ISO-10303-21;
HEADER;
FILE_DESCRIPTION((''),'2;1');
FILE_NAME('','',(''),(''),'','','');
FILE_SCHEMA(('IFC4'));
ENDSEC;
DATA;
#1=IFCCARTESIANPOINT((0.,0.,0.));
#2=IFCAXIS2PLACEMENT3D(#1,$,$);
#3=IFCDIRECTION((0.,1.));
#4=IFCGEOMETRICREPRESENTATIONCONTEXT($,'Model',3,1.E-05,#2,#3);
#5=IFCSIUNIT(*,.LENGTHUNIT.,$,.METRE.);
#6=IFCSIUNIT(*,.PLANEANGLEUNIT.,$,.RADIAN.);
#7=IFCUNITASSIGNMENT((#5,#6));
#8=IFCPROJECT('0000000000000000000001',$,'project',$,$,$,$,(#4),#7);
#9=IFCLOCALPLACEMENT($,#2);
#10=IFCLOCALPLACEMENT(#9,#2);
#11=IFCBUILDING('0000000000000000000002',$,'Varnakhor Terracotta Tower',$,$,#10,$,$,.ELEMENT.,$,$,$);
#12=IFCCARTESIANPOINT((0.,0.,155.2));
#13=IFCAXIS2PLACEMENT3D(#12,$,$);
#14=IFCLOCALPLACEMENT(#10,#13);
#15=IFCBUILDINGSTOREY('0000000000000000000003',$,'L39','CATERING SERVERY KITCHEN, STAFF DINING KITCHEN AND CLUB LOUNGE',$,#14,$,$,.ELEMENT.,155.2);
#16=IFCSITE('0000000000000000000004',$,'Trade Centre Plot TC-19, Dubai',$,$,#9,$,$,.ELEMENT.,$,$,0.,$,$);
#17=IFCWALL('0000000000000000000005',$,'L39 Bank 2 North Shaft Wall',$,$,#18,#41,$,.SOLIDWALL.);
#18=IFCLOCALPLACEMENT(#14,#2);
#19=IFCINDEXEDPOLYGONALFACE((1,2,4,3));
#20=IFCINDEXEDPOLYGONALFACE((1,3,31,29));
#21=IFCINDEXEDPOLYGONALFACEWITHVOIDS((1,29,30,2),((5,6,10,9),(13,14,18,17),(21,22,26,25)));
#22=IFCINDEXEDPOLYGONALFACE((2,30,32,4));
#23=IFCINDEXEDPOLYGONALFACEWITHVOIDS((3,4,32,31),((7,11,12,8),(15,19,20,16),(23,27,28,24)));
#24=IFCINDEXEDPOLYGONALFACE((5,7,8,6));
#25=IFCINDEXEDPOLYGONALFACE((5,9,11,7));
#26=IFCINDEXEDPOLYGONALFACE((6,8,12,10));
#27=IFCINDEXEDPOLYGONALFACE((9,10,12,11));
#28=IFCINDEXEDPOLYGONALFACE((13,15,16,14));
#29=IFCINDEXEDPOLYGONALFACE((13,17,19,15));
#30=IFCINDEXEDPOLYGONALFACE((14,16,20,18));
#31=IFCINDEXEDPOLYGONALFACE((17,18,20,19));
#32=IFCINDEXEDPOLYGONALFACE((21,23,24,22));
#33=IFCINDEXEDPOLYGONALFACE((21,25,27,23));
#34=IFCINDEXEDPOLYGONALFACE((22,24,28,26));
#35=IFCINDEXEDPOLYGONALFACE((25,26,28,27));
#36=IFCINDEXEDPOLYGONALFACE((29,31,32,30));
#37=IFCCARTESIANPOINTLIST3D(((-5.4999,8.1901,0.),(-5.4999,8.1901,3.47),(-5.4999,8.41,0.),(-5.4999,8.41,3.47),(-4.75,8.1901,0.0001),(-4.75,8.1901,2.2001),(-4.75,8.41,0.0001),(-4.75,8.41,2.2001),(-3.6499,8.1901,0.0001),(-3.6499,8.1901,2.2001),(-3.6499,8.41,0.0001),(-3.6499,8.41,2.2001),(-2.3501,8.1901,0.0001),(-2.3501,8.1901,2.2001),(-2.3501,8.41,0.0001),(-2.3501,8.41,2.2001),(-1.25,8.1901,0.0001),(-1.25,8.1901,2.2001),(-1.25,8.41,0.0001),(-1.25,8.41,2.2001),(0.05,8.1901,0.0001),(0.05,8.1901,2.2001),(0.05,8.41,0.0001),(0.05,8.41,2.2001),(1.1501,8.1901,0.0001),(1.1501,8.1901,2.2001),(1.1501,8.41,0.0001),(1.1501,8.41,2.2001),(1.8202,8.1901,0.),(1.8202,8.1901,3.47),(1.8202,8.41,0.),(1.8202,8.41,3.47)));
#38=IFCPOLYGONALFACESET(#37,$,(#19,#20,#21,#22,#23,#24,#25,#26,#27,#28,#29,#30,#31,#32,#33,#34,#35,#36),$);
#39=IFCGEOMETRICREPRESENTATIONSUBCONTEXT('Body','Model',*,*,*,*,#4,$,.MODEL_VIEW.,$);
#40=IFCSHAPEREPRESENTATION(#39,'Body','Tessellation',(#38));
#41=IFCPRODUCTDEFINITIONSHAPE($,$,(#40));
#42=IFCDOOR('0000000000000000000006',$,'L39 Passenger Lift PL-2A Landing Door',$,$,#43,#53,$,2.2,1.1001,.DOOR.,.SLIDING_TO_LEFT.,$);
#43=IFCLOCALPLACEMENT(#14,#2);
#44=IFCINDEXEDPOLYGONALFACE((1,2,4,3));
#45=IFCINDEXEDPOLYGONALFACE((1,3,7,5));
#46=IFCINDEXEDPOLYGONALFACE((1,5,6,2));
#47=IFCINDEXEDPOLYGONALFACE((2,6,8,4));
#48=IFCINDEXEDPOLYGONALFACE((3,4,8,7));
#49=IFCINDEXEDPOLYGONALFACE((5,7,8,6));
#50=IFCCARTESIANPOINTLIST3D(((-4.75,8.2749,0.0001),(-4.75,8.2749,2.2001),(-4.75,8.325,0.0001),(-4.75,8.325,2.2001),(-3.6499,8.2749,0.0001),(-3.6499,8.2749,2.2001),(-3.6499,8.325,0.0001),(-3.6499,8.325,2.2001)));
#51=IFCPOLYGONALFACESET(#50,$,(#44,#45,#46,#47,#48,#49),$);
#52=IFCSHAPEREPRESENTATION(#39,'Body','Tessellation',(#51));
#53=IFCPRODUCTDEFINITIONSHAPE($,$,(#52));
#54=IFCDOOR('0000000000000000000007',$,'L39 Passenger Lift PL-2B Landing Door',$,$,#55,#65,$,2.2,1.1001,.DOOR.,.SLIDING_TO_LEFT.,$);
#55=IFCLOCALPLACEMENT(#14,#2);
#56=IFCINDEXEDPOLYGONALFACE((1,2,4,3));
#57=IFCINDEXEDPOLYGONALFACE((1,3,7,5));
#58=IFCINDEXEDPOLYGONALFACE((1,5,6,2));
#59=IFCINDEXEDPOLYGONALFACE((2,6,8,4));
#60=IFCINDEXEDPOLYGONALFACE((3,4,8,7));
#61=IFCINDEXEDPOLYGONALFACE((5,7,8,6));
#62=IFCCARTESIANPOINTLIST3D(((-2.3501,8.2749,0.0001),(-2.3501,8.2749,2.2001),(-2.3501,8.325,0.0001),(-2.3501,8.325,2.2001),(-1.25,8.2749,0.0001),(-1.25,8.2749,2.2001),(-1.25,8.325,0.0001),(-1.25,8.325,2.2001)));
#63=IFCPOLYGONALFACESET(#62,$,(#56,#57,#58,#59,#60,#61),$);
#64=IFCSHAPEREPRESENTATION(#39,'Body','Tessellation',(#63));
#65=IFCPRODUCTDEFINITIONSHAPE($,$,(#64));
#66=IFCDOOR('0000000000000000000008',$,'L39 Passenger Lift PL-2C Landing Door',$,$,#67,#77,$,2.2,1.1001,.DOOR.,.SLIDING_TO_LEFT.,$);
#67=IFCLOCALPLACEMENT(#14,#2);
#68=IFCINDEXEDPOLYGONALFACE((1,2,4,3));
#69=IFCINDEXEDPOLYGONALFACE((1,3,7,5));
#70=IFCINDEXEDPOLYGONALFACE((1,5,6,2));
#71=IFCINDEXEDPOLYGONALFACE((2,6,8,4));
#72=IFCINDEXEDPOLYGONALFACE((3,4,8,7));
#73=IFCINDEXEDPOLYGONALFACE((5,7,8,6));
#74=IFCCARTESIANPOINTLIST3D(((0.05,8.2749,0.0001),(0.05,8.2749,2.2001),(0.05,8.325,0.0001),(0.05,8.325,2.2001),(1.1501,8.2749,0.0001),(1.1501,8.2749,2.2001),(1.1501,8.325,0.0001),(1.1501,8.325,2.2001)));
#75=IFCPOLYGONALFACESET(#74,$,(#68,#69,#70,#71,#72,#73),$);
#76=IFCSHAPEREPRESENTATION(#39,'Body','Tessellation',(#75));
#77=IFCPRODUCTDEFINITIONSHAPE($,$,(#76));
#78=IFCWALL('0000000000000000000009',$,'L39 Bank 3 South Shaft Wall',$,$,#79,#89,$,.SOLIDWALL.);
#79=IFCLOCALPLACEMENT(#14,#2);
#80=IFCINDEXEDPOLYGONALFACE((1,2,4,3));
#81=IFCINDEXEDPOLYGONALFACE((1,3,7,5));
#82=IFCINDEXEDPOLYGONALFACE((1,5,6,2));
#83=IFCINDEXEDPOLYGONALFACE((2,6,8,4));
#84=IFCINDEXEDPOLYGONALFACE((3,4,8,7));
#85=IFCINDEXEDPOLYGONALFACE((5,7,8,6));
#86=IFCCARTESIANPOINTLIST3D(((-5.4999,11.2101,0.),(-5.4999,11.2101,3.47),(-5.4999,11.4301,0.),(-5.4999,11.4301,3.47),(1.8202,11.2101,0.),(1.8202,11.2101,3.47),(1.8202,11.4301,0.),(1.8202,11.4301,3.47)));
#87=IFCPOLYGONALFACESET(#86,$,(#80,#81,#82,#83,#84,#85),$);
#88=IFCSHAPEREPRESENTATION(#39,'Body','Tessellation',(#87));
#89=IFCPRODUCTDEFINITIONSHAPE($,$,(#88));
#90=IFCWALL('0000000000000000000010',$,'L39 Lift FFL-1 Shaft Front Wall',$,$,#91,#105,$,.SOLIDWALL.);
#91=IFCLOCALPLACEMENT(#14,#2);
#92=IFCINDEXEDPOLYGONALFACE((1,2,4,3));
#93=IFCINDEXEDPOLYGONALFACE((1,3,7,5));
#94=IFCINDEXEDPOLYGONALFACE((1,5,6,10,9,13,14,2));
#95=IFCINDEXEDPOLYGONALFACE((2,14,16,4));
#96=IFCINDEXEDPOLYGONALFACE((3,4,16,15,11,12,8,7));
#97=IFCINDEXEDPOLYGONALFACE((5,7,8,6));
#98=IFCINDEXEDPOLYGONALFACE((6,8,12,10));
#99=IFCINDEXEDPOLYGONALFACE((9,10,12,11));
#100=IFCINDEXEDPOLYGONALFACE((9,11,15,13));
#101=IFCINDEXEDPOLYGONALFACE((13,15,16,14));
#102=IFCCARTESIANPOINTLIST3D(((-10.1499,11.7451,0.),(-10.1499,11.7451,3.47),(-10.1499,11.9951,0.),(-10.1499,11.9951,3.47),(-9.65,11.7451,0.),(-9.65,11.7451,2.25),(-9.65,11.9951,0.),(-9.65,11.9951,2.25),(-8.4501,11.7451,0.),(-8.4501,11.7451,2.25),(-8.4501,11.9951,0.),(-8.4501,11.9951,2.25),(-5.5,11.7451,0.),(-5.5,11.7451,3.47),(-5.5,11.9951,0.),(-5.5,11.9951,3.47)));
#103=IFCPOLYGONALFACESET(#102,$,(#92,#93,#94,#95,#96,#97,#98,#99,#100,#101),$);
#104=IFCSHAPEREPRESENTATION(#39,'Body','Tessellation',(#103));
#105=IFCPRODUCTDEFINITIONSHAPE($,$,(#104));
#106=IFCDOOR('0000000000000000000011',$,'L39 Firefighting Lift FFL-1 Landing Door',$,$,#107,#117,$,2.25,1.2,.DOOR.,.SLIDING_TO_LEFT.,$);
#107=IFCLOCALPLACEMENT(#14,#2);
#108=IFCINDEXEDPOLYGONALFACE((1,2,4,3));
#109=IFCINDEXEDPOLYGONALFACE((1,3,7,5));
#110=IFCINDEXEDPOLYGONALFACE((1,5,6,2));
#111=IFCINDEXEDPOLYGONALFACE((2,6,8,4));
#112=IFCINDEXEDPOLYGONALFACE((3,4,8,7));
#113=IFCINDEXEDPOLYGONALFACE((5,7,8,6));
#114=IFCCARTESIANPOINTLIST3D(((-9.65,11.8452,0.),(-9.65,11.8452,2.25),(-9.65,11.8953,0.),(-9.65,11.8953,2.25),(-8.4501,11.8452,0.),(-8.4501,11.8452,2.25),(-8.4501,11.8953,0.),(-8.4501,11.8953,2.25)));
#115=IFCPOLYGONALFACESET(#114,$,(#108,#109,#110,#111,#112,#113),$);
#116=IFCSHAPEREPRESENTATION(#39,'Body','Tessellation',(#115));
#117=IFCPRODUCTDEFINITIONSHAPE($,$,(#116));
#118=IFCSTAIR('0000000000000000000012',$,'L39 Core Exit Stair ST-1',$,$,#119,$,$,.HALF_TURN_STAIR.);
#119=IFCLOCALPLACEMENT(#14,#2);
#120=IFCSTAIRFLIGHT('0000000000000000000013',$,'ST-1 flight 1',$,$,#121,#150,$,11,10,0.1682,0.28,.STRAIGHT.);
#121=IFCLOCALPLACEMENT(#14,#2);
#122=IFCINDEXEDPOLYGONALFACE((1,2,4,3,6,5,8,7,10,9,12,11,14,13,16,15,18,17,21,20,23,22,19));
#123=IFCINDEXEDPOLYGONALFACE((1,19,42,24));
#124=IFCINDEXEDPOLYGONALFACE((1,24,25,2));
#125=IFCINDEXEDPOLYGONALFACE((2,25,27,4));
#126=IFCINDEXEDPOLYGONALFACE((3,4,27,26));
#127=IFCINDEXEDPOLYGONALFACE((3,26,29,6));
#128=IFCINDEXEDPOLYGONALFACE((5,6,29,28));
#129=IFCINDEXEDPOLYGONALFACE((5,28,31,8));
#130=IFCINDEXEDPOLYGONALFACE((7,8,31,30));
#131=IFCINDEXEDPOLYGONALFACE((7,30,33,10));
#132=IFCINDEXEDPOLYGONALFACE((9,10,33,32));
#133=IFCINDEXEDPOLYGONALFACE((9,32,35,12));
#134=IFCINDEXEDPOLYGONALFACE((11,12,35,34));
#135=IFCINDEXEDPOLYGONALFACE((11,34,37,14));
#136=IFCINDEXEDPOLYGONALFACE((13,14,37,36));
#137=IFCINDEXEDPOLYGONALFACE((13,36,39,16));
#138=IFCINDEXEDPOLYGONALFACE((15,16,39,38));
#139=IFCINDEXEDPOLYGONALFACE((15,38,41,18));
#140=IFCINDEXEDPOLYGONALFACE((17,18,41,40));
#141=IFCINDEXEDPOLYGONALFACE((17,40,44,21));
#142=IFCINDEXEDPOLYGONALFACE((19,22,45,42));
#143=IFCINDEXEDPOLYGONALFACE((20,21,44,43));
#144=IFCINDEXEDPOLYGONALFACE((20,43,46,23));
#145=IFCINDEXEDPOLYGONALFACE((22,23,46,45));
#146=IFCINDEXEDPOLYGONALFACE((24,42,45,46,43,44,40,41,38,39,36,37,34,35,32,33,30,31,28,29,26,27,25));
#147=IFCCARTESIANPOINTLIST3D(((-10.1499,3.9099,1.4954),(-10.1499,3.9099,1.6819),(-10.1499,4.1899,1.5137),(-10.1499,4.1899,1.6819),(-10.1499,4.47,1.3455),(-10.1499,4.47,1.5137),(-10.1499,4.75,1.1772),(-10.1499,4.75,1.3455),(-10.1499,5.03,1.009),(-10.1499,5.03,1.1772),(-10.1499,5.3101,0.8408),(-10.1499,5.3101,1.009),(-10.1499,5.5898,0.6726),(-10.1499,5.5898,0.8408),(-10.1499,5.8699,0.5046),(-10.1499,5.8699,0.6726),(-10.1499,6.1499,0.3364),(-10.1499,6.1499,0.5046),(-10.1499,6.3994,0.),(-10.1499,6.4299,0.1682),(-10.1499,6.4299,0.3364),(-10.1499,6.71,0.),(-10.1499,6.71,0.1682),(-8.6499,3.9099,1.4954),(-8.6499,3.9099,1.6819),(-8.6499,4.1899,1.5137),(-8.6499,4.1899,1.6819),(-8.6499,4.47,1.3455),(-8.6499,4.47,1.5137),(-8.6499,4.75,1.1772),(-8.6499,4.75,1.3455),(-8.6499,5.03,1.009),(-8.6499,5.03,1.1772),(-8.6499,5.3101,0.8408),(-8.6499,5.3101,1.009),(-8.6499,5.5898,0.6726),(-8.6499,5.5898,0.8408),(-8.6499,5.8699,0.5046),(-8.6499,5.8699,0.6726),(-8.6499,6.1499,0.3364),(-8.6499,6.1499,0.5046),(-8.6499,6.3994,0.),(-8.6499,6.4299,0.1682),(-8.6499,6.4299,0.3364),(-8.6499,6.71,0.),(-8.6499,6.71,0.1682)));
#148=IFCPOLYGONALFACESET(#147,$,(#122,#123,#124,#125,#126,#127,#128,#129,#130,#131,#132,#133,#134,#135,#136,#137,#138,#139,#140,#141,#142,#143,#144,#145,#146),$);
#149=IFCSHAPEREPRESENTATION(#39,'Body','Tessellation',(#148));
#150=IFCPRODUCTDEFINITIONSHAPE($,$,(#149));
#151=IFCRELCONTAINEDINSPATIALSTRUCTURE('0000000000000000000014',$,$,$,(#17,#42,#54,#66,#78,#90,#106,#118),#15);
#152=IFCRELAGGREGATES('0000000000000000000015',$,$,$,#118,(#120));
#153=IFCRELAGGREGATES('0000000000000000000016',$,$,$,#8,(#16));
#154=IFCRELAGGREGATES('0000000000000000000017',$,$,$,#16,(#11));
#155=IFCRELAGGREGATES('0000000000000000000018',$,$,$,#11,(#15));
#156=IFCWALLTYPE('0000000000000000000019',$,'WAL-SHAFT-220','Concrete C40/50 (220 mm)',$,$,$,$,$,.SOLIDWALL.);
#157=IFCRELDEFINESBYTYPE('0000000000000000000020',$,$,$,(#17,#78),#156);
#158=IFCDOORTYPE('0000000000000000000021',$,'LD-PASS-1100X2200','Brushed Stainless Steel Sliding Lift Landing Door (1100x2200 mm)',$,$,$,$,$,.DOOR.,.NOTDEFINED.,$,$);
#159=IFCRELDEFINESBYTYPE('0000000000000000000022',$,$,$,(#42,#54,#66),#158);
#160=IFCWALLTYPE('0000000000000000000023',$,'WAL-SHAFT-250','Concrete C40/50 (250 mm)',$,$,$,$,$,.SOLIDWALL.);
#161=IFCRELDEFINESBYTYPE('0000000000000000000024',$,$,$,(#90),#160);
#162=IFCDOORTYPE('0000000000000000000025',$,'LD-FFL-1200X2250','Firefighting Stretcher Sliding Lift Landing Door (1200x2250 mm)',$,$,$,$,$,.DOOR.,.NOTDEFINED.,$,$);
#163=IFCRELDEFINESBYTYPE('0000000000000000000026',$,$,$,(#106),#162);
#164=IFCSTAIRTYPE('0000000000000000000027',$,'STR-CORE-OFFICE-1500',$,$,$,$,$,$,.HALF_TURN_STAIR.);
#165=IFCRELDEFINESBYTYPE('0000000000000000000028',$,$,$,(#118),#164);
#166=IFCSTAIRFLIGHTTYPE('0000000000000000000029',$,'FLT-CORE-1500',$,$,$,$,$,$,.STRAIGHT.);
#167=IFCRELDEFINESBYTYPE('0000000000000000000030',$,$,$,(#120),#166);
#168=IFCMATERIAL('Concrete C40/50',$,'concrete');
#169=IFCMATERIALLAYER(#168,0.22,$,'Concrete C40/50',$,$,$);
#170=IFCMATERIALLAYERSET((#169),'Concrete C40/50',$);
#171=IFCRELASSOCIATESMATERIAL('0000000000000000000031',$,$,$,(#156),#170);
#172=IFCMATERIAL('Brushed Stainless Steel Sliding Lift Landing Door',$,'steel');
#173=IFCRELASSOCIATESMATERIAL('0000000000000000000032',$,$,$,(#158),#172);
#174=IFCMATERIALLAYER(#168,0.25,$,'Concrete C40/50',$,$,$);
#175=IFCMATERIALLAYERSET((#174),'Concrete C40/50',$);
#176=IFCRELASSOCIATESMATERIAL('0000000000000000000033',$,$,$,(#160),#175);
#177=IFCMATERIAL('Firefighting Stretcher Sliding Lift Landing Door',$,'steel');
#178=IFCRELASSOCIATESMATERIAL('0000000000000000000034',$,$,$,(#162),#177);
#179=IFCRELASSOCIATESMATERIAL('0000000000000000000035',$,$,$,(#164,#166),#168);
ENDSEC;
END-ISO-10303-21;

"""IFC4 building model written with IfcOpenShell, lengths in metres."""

from ifc_helpers import new_model, si_unit, direction, frame, frame_2d, origin, place, context, subcontext, project, spatial, polyline, rectangle, outline, extrude, source, transform, mapped, material, layer, layer_set, type_object, type_shapes, element, fill, aggregate, save


model = new_model("IFC4")

# Units and contexts
model_context = context("Model", 3, precision=1e-05, world=origin(), true_north=direction((0.0, 1.0)))
body_context = subcontext(model_context, "Body", "Model", "MODEL_VIEW")
ifc_project = project(units=[si_unit("LENGTHUNIT", "METRE"), si_unit("PLANEANGLEUNIT", "RADIAN")], contexts=[model_context])

# Site, building, storey
site_placement = place(None, origin())
site = spatial("IfcSite", under=ifc_project, at=site_placement, Name="Trade Centre Plot TC-19, Dubai", CompositionType="ELEMENT", RefElevation=0.0)
building_placement = place(site_placement, origin())
building = spatial("IfcBuilding", under=site, at=building_placement, Name="Varnakhor Terracotta Tower", CompositionType="ELEMENT")
storey_placement = place(building_placement, frame((0.0, 0.0, 155.2)))
storey = spatial("IfcBuildingStorey", under=building, at=storey_placement, Name="L39", Description="CATERING SERVERY KITCHEN, STAFF DINING KITCHEN AND CLUB LOUNGE", CompositionType="ELEMENT", Elevation=155.2)

# Shared definitions
ifc_material_1 = material(Name="Concrete C40/50", Category="concrete")

# Shared definitions
ifc_layer_1 = layer(ifc_material_1, 0.22, Name="Concrete C40/50")
ifc_layer_set_1 = layer_set([ifc_layer_1], Name="Concrete C40/50")
wall_type_1 = type_object("IfcWallType", Name="WAL-SHAFT-220", Description="Concrete C40/50 (220 mm)", PredefinedType="SOLIDWALL", material=ifc_layer_set_1)

# Wall, openings, doors
wall_1_placement = place(storey_placement, frame((-5.5, 8.3, 0.0), z_axis=(0.0, 0.0, 1.0), x_axis=(1.0, 0.0, 0.0)))
wall_1 = element("IfcWall", 1, at=wall_1_placement, inside=storey, type_object=wall_type_1, Name="L39 Bank 2 North Shaft Wall", PredefinedType="SOLIDWALL", context=body_context, shape_type="SweptSolid", body=[
    extrude(rectangle(XDim=7.3201, YDim=0.22, at=frame_2d((3.6602, 0.0))), origin(), (0.0, 0.0, 1.0), 3.47),
])
opening_1_placement = place(wall_1_placement, frame((0.75, 0.0, 0.0)))
opening_1 = element("IfcOpeningElement", 2, at=opening_1_placement, cuts=wall_1, PredefinedType="OPENING", context=body_context, shape_type="SweptSolid", body=[
    extrude(rectangle(XDim=1.1001, YDim=2.2, at=frame_2d((0.55, 1.1001))), frame((0.0, 0.1201, 0.0), z_axis=(0.0, -1.0, 0.0), x_axis=(1.0, 0.0, 0.0)), (0.0, 0.0, 1.0), 0.24),
])
opening_2_placement = place(wall_1_placement, frame((3.1499, 0.0, 0.0)))
opening_2 = element("IfcOpeningElement", 3, at=opening_2_placement, cuts=wall_1, PredefinedType="OPENING", context=body_context, shape_type="SweptSolid", body=[
    extrude(rectangle(XDim=1.1001, YDim=2.2, at=frame_2d((0.55, 1.1001))), frame((0.0, 0.1201, 0.0), z_axis=(0.0, -1.0, 0.0), x_axis=(1.0, 0.0, 0.0)), (0.0, 0.0, 1.0), 0.24),
])
opening_3_placement = place(wall_1_placement, frame((5.55, 0.0, 0.0)))
opening_3 = element("IfcOpeningElement", 4, at=opening_3_placement, cuts=wall_1, PredefinedType="OPENING", context=body_context, shape_type="SweptSolid", body=[
    extrude(rectangle(XDim=1.1001, YDim=2.2, at=frame_2d((0.55, 1.1001))), frame((0.0, 0.1201, 0.0), z_axis=(0.0, -1.0, 0.0), x_axis=(1.0, 0.0, 0.0)), (0.0, 0.0, 1.0), 0.24),
])
ifc_material_2 = material(Name="Brushed Stainless Steel Sliding Lift Landing Door", Category="steel")
door_type_1 = type_object("IfcDoorType", Name="LD-PASS-1100X2200", Description="Brushed Stainless Steel Sliding Lift Landing Door (1100x2200 mm)", OperationType="NOTDEFINED", PredefinedType="DOOR", material=ifc_material_2)
shared_shape_1 = source(origin(), body_context, "Body", "SweptSolid", [
    extrude(rectangle(XDim=1.1001, YDim=2.2, at=frame_2d((0.55, 1.1001))), frame((0.0, 0.0249, 0.0), z_axis=(0.0, -1.0, 0.0), x_axis=(1.0, 0.0, 0.0)), (0.0, 0.0, 1.0), 0.05),
])
type_shapes(door_type_1, [shared_shape_1])
door_1_placement = place(opening_1_placement, origin())
door_1 = element("IfcDoor", 5, at=door_1_placement, inside=storey, type_object=door_type_1, Name="L39 Passenger Lift PL-2A Landing Door", OperationType="SLIDING_TO_LEFT", OverallHeight=2.2, OverallWidth=1.1001, PredefinedType="DOOR", context=body_context, shape_type="MappedRepresentation", body=[
    mapped(shared_shape_1, transform((0.0, 0.0, 0.0), scale=1.0)),
])
fill(opening_1, door_1)
door_2_placement = place(opening_2_placement, origin())
door_2 = element("IfcDoor", 6, at=door_2_placement, inside=storey, type_object=door_type_1, Name="L39 Passenger Lift PL-2B Landing Door", OperationType="SLIDING_TO_LEFT", OverallHeight=2.2, OverallWidth=1.1001, PredefinedType="DOOR", context=body_context, shape_type="MappedRepresentation", body=[
    mapped(shared_shape_1, transform((0.0, 0.0, 0.0), scale=1.0)),
])
fill(opening_2, door_2)
door_3_placement = place(opening_3_placement, origin())
door_3 = element("IfcDoor", 7, at=door_3_placement, inside=storey, type_object=door_type_1, Name="L39 Passenger Lift PL-2C Landing Door", OperationType="SLIDING_TO_LEFT", OverallHeight=2.2, OverallWidth=1.1001, PredefinedType="DOOR", context=body_context, shape_type="MappedRepresentation", body=[
    mapped(shared_shape_1, transform((0.0, 0.0, 0.0), scale=1.0)),
])
fill(opening_3, door_3)

# Wall
wall_2_placement = place(storey_placement, frame((-5.5, 11.3201, 0.0), z_axis=(0.0, 0.0, 1.0), x_axis=(1.0, 0.0, 0.0)))
element("IfcWall", 8, at=wall_2_placement, inside=storey, type_object=wall_type_1, Name="L39 Bank 3 South Shaft Wall", PredefinedType="SOLIDWALL", context=body_context, shape_type="SweptSolid", body=[
    extrude(rectangle(XDim=7.3201, YDim=0.22, at=frame_2d((3.6602, 0.0))), origin(), (0.0, 0.0, 1.0), 3.47),
])

# Wall, opening, door
ifc_layer_2 = layer(ifc_material_1, 0.25, Name="Concrete C40/50")
ifc_layer_set_2 = layer_set([ifc_layer_2], Name="Concrete C40/50")
wall_type_2 = type_object("IfcWallType", Name="WAL-SHAFT-250", Description="Concrete C40/50 (250 mm)", PredefinedType="SOLIDWALL", material=ifc_layer_set_2)
wall_3_placement = place(storey_placement, frame((-5.5, 11.8701, 0.0), z_axis=(0.0, 0.0, 1.0), x_axis=(-1.0, 0.0, 0.0)))
wall_3 = element("IfcWall", 9, at=wall_3_placement, inside=storey, type_object=wall_type_2, Name="L39 Lift FFL-1 Shaft Front Wall", PredefinedType="SOLIDWALL", context=body_context, shape_type="SweptSolid", body=[
    extrude(rectangle(XDim=4.6499, YDim=0.25, at=frame_2d((2.325, 0.0))), origin(), (0.0, 0.0, 1.0), 3.47),
])
opening_4_placement = place(wall_3_placement, frame((2.95, 0.0, 0.0)))
opening_4 = element("IfcOpeningElement", 10, at=opening_4_placement, cuts=wall_3, PredefinedType="OPENING", context=body_context, shape_type="SweptSolid", body=[
    extrude(rectangle(XDim=1.2, YDim=2.25, at=frame_2d((0.6001, 1.125))), frame((0.0, 0.135, 0.0), z_axis=(0.0, -1.0, 0.0), x_axis=(1.0, 0.0, 0.0)), (0.0, 0.0, 1.0), 0.27),
])
ifc_material_3 = material(Name="Firefighting Stretcher Sliding Lift Landing Door", Category="steel")
door_type_2 = type_object("IfcDoorType", Name="LD-FFL-1200X2250", Description="Firefighting Stretcher Sliding Lift Landing Door (1200x2250 mm)", OperationType="NOTDEFINED", PredefinedType="DOOR", material=ifc_material_3)
shared_shape_2 = source(origin(), body_context, "Body", "SweptSolid", [
    extrude(rectangle(XDim=1.2, YDim=2.25, at=frame_2d((0.6001, 1.125))), frame((0.0, 0.0249, 0.0), z_axis=(0.0, -1.0, 0.0), x_axis=(1.0, 0.0, 0.0)), (0.0, 0.0, 1.0), 0.05),
])
type_shapes(door_type_2, [shared_shape_2])
door_4_placement = place(opening_4_placement, origin())
door_4 = element("IfcDoor", 11, at=door_4_placement, inside=storey, type_object=door_type_2, Name="L39 Firefighting Lift FFL-1 Landing Door", OperationType="SLIDING_TO_LEFT", OverallHeight=2.25, OverallWidth=1.2, PredefinedType="DOOR", context=body_context, shape_type="MappedRepresentation", body=[
    mapped(shared_shape_2, transform((0.0, 0.0, 0.0), scale=1.0)),
])
fill(opening_4, door_4)

# Stair, stair flight
stair_type = type_object("IfcStairType", Name="STR-CORE-OFFICE-1500", PredefinedType="HALF_TURN_STAIR", material=ifc_material_1)
stair_placement = place(storey_placement, origin())
stair = element("IfcStair", 12, at=stair_placement, inside=storey, type_object=stair_type, Name="L39 Core Exit Stair ST-1", PredefinedType="HALF_TURN_STAIR")
stair_flight_type = type_object("IfcStairFlightType", Name="FLT-CORE-1500", PredefinedType="STRAIGHT", material=ifc_material_1)
stair_flight_1_placement = place(storey_placement, frame((-9.3999, 6.71, 0.0), z_axis=(0.0, 0.0, 1.0), x_axis=(0.0, -1.0, 0.0)))
stair_flight_1 = element("IfcStairFlight", 13, at=stair_flight_1_placement, type_object=stair_flight_type, Name="ST-1 flight 1", NumberOfRisers=11, NumberOfTreads=10, PredefinedType="STRAIGHT", RiserHeight=0.1682, TreadLength=0.28, context=body_context, shape_type="SweptSolid", body=[
    extrude(outline(polyline([(0.0, 0.0), (0.0, 0.1682), (0.28, 0.1682), (0.28, 0.3364), (0.5601, 0.3364), (0.5601, 0.5046), (0.8401, 0.5046), (0.8401, 0.6726), (1.1201, 0.6726), (1.1201, 0.8408), (1.3999, 0.8408), (1.3999, 1.009), (1.6799, 1.009), (1.6799, 1.1772), (1.96, 1.1772), (1.96, 1.3455), (2.24, 1.3455), (2.24, 1.5137), (2.52, 1.5137), (2.52, 1.6819), (2.8, 1.6819), (2.8, 1.8501), (2.8, 1.4954), (0.3105, 0.0), (0.0, 0.0)])), frame((0.0, 0.75, 0.0), z_axis=(0.0, -1.0, 0.0), x_axis=(1.0, 0.0, 0.0)), (0.0, 0.0, 1.0), 1.5),
])
aggregate(stair, [stair_flight_1])

save(model, "model.ifc")
